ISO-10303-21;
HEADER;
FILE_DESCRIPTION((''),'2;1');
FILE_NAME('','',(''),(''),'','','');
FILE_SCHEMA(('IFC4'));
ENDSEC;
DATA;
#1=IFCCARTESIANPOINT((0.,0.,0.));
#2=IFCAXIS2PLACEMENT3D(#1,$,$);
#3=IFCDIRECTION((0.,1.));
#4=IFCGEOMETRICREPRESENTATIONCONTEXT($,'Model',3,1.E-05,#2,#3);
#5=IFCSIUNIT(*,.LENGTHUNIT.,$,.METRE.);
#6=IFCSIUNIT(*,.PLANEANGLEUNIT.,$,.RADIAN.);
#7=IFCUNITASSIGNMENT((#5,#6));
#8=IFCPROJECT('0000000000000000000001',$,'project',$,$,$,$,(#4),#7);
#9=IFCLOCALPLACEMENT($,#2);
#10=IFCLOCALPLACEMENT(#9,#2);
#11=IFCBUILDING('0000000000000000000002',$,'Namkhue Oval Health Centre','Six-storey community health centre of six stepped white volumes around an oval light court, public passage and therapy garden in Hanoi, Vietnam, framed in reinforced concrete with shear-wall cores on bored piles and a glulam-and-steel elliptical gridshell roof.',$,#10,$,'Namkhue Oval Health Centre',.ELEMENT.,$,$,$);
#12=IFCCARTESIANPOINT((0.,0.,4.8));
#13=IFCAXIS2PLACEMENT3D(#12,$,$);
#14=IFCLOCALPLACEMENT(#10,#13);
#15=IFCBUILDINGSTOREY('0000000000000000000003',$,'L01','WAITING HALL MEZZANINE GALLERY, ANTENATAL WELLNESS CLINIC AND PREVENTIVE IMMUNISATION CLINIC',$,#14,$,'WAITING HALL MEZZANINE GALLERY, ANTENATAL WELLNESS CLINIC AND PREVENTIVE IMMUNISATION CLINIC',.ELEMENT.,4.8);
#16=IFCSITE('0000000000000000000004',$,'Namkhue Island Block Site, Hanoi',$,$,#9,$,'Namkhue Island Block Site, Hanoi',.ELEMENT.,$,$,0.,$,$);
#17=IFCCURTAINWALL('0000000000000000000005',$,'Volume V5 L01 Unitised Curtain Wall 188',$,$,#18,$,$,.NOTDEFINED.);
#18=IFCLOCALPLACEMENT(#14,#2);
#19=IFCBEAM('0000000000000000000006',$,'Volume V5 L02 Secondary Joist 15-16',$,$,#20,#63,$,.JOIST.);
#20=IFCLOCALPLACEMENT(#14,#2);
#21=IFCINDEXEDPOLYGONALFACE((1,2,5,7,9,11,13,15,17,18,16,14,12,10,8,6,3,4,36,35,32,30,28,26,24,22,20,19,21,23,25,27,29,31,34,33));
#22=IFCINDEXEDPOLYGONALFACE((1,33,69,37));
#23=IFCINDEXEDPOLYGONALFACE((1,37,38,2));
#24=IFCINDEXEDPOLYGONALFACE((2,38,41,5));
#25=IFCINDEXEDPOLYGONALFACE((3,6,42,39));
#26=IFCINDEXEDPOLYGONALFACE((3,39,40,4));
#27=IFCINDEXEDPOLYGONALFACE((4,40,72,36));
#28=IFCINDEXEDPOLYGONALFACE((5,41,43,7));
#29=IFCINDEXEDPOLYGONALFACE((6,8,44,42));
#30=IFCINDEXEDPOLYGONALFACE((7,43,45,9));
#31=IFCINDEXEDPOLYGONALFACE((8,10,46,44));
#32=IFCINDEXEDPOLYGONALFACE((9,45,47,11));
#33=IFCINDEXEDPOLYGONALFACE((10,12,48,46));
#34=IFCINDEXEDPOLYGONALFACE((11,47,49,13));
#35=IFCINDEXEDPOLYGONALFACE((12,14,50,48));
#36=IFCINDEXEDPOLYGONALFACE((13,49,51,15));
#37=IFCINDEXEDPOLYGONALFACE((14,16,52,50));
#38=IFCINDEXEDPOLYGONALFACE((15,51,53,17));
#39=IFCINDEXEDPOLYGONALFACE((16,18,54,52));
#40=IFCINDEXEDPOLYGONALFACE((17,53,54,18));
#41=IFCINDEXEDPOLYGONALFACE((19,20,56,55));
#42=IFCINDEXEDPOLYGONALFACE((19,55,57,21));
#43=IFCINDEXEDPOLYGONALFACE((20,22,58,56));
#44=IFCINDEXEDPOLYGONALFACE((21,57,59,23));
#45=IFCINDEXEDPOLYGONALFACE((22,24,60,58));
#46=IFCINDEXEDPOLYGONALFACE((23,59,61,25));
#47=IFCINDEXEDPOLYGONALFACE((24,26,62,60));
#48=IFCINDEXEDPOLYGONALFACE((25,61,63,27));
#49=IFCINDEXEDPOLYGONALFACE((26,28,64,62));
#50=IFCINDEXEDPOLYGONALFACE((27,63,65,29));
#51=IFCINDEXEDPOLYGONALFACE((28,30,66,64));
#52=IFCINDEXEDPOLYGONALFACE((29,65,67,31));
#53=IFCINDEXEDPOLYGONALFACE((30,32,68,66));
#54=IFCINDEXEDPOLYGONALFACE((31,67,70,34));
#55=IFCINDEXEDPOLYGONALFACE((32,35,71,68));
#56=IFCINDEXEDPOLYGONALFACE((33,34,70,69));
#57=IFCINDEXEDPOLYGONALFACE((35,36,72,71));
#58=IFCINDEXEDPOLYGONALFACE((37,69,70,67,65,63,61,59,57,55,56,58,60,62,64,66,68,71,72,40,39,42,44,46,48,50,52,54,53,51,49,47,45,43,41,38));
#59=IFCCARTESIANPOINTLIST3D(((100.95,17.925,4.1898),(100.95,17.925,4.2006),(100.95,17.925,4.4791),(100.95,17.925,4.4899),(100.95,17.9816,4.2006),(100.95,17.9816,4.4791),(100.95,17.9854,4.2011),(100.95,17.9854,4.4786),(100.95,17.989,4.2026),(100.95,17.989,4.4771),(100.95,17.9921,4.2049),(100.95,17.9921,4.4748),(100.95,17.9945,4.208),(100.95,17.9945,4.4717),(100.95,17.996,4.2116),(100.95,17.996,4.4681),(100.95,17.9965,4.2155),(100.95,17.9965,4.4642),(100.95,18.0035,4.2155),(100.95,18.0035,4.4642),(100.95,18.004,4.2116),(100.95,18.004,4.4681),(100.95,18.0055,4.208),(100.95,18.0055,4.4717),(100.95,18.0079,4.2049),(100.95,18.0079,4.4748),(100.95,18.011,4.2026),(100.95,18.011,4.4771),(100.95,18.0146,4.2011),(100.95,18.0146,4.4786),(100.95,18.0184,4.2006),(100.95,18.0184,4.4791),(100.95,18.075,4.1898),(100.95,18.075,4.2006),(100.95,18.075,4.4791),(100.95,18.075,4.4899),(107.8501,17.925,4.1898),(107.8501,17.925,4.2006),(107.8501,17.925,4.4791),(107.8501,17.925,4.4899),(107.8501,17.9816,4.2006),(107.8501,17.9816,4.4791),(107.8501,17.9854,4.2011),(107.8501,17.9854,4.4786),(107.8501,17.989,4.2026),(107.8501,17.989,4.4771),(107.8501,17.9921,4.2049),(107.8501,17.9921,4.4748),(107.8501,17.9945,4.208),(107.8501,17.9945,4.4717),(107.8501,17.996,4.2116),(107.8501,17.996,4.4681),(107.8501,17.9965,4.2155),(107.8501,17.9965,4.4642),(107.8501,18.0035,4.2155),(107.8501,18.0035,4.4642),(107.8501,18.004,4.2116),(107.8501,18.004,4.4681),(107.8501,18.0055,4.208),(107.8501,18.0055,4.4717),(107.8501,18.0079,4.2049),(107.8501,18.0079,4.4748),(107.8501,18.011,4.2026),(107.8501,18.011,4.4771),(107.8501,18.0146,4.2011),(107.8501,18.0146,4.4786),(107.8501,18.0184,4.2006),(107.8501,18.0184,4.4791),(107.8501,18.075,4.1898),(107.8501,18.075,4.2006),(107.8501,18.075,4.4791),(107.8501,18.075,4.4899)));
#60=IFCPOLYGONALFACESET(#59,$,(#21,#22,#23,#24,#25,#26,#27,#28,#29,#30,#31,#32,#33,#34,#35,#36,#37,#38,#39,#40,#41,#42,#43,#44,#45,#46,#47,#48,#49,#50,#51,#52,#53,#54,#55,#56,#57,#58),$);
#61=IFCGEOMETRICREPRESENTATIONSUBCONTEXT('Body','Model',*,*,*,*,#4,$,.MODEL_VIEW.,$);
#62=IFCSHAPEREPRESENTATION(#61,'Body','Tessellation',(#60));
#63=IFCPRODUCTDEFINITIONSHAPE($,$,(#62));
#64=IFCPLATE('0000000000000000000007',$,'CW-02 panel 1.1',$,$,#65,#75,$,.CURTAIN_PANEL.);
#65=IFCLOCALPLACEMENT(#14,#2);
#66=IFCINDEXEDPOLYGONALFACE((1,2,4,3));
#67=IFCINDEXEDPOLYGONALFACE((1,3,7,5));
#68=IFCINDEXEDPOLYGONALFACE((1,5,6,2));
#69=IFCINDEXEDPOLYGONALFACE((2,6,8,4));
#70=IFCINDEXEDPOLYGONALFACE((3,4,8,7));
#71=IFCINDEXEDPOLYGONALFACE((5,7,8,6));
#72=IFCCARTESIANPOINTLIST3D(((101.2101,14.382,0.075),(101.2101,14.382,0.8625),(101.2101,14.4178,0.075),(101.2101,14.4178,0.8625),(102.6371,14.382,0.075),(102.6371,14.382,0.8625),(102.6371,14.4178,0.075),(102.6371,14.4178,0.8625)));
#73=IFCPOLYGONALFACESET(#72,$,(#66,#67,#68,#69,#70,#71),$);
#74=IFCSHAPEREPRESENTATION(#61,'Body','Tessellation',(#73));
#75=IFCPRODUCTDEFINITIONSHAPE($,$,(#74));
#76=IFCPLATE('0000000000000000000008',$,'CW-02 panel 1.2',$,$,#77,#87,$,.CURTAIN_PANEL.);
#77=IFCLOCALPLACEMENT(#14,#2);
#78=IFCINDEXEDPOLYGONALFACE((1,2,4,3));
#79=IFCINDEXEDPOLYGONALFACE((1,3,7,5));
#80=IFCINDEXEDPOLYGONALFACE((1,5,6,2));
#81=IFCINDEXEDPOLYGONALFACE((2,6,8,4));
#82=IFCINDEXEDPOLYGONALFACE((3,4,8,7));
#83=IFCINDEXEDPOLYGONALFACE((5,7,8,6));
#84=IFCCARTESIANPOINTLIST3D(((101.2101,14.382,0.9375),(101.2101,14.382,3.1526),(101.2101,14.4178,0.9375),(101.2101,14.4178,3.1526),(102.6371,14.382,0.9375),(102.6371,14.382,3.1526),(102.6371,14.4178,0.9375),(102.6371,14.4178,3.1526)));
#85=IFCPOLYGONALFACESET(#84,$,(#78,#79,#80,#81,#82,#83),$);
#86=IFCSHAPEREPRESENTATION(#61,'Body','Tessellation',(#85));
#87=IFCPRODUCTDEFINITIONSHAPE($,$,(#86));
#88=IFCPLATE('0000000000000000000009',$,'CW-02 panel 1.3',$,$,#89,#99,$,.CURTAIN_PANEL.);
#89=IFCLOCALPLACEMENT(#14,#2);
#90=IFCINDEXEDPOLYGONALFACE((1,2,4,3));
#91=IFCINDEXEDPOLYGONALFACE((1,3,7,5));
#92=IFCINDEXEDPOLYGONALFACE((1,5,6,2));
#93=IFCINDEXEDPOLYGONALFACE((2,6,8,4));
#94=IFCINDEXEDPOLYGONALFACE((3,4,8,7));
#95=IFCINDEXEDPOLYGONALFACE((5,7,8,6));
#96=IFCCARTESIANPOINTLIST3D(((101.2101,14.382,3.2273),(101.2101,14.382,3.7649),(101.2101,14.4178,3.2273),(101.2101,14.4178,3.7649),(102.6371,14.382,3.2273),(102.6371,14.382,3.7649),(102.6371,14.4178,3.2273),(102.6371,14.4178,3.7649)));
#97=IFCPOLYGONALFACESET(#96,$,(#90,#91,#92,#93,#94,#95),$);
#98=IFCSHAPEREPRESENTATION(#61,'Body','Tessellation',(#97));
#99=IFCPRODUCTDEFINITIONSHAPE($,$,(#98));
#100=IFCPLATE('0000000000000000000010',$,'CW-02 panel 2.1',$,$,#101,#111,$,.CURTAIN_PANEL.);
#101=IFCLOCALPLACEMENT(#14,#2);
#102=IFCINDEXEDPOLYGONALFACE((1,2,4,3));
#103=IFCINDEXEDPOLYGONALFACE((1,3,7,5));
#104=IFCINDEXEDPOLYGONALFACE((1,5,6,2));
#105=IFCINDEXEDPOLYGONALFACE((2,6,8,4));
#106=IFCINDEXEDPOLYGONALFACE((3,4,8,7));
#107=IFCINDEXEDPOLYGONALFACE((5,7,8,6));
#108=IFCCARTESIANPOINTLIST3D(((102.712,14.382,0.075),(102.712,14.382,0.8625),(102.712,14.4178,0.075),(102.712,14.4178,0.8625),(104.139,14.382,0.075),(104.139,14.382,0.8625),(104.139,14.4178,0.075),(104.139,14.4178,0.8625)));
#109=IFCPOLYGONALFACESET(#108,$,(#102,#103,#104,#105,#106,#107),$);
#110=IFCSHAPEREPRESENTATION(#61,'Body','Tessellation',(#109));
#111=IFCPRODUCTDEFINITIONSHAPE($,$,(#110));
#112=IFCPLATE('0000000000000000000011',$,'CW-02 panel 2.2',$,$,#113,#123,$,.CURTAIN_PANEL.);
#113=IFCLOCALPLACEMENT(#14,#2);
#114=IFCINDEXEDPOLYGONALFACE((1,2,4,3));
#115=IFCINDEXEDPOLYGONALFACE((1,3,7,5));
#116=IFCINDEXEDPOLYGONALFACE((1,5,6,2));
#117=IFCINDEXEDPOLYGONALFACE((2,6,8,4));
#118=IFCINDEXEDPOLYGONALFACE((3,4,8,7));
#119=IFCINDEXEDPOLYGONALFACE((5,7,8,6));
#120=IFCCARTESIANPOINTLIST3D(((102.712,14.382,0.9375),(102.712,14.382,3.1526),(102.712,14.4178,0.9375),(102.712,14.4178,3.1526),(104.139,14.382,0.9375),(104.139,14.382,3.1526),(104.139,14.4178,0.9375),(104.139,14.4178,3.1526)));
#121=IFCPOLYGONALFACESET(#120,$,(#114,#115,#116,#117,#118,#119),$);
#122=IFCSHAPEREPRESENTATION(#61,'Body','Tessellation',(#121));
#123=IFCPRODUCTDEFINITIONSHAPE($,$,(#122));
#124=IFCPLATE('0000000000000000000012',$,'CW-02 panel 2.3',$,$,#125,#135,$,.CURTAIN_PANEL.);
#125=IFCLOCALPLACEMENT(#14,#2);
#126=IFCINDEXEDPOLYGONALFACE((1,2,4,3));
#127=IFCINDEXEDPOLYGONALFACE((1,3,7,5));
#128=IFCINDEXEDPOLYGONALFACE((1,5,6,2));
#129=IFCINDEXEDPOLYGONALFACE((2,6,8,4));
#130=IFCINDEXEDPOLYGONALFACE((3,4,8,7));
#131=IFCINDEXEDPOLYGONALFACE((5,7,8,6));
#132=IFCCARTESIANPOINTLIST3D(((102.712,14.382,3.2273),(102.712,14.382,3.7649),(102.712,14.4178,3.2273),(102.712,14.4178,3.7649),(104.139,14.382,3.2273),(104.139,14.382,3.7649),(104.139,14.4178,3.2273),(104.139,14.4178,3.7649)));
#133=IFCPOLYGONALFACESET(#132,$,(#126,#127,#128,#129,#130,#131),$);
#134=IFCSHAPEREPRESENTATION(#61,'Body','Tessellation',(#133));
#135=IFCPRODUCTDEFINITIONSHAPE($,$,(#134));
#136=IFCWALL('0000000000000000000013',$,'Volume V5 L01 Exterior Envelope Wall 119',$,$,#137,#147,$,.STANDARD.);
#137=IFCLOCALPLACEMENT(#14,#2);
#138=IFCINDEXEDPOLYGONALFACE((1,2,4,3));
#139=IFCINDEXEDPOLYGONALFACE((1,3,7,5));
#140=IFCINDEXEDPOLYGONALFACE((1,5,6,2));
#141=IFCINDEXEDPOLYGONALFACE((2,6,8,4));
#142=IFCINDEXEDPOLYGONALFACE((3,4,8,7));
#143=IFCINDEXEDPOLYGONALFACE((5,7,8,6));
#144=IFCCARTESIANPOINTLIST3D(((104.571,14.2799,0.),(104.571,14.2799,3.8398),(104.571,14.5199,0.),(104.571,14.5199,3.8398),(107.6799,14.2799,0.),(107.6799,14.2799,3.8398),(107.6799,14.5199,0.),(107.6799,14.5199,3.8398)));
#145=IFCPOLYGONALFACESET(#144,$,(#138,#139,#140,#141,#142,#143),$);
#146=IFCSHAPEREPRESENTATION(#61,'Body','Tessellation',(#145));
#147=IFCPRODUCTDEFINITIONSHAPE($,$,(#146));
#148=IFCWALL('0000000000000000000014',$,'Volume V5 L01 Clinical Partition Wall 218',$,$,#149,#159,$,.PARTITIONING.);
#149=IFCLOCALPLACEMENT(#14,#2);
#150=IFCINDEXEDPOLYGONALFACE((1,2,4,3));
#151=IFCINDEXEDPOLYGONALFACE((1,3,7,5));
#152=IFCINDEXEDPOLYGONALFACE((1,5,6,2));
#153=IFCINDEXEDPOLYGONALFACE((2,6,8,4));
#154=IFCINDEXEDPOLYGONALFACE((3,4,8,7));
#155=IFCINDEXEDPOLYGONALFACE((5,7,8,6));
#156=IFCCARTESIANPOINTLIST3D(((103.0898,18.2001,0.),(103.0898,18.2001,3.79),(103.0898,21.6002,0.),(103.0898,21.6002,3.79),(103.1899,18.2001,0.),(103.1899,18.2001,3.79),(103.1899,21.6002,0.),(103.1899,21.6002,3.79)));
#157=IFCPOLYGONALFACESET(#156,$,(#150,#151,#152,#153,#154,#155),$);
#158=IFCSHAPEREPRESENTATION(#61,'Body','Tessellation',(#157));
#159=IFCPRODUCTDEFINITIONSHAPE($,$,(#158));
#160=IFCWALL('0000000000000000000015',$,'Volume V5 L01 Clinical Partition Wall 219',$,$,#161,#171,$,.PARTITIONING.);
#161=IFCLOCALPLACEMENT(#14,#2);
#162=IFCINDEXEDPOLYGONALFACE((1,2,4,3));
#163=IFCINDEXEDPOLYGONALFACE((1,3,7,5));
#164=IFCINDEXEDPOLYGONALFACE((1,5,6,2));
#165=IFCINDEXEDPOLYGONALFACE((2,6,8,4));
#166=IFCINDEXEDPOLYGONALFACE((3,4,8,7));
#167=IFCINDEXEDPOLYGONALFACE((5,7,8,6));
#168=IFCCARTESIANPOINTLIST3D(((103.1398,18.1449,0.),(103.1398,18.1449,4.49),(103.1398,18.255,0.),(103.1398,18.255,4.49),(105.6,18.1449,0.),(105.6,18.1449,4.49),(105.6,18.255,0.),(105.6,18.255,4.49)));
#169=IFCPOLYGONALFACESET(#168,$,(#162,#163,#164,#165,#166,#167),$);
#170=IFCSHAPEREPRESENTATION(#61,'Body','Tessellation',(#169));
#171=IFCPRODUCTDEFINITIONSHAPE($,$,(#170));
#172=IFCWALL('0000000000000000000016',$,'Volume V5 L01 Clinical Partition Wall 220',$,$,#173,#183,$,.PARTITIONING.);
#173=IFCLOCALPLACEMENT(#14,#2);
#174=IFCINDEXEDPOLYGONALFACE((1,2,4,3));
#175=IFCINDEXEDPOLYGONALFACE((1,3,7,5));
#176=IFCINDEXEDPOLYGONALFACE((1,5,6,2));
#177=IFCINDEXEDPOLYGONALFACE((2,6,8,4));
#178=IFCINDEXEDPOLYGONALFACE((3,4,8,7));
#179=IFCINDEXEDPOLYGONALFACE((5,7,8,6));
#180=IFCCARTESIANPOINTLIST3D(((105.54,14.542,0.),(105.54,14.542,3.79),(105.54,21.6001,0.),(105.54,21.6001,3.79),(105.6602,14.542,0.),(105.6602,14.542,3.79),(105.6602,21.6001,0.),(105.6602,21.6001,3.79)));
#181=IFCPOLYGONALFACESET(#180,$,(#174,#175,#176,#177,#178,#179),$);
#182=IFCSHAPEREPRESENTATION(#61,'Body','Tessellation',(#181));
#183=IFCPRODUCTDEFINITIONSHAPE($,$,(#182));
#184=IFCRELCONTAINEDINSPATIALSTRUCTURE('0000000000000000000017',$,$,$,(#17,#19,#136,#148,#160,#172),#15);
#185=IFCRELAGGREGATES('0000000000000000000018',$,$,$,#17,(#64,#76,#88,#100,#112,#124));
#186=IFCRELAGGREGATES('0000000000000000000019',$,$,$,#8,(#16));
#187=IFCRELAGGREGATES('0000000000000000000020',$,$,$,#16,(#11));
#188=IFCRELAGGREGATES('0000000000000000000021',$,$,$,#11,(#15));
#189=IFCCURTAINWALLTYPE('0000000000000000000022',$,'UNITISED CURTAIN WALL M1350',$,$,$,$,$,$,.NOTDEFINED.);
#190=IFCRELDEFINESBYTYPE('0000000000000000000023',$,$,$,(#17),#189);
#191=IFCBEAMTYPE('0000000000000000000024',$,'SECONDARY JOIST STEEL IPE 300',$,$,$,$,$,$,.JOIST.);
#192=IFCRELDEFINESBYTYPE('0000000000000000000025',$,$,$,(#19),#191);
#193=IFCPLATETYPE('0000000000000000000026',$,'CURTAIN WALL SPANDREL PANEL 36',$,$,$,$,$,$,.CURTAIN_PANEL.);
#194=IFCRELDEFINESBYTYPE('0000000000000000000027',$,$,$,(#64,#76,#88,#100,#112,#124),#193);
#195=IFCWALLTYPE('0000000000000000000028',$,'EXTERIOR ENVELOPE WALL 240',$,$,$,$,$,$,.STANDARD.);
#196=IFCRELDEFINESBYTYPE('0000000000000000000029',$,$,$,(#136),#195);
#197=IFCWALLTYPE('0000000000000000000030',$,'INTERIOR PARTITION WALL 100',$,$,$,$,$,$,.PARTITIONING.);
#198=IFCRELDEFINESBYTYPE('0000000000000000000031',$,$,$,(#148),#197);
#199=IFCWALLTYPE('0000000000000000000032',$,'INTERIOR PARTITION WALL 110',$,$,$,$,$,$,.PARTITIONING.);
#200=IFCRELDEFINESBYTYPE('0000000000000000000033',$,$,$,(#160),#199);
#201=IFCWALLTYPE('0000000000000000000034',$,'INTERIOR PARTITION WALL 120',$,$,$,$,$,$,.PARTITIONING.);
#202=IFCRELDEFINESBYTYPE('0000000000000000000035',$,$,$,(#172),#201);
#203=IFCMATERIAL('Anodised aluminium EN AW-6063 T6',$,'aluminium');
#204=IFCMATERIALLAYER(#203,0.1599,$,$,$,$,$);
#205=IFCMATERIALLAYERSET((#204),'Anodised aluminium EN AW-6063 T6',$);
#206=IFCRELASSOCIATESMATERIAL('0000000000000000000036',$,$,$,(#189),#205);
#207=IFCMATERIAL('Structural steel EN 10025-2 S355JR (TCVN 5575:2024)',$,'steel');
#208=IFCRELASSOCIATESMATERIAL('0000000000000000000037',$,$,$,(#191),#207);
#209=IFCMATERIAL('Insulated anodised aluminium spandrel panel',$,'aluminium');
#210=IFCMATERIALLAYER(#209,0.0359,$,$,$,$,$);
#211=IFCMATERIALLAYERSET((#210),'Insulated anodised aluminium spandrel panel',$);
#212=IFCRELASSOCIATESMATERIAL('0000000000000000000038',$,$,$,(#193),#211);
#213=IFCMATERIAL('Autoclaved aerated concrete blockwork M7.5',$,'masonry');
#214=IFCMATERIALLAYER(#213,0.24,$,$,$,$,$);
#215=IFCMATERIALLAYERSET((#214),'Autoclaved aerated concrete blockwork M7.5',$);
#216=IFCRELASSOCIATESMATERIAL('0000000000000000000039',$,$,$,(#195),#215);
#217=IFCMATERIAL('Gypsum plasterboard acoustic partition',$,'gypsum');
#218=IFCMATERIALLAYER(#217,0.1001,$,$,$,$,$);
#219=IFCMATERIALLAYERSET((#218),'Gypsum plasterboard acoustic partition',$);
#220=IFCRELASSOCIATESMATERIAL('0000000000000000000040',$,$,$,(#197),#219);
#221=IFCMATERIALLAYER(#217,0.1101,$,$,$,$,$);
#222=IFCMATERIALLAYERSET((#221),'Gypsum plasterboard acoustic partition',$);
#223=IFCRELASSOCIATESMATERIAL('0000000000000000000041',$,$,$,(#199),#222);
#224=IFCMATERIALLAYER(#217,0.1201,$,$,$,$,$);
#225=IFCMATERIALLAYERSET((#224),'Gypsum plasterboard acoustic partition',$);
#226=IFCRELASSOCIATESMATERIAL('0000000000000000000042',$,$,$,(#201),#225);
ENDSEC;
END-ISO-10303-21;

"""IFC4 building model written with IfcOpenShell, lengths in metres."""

from ifc_helpers import new_model, si_unit, direction, frame, frame_2d, origin, origin_2d, place, context, subcontext, project, spatial, rectangle, i_section, extrude, material, layer, layer_set, material_profile, profile_set, type_object, element, aggregate, save


model = new_model("IFC4")

# Units and contexts
model_context = context("Model", 3, precision=1e-05, world=origin(), true_north=direction((0.0, 1.0)))
body_context = subcontext(model_context, "Body", "Model", "MODEL_VIEW")
ifc_project = project(units=[si_unit("LENGTHUNIT", "METRE"), si_unit("PLANEANGLEUNIT", "RADIAN")], contexts=[model_context])

# Site, building, storey
site_placement = place(None, origin())
site = spatial("IfcSite", under=ifc_project, at=site_placement, Name="Namkhue Island Block Site, Hanoi", LongName="Namkhue Island Block Site, Hanoi", CompositionType="ELEMENT", RefElevation=0.0)
building_placement = place(site_placement, origin())
building = spatial("IfcBuilding", under=site, at=building_placement, Name="Namkhue Oval Health Centre", Description="Six-storey community health centre of six stepped white volumes around an oval light court, public passage and therapy garden in Hanoi, Vietnam, framed in reinforced concrete with shear-wall cores on bored piles and a glulam-and-steel elliptical gridshell roof.", LongName="Namkhue Oval Health Centre", CompositionType="ELEMENT")
storey_placement = place(building_placement, frame((0.0, 0.0, 4.8)))
storey = spatial("IfcBuildingStorey", under=building, at=storey_placement, Name="L01", Description="WAITING HALL MEZZANINE GALLERY, ANTENATAL WELLNESS CLINIC AND PREVENTIVE IMMUNISATION CLINIC", LongName="WAITING HALL MEZZANINE GALLERY, ANTENATAL WELLNESS CLINIC AND PREVENTIVE IMMUNISATION CLINIC", CompositionType="ELEMENT", Elevation=4.8)

# Curtain wall
ifc_material_1 = material(Name="Anodised aluminium EN AW-6063 T6", Category="aluminium")
ifc_layer_1 = layer(ifc_material_1, 0.1599)
ifc_layer_set_1 = layer_set([ifc_layer_1], Name="Anodised aluminium EN AW-6063 T6")
curtain_wall_type = type_object("IfcCurtainWallType", Name="UNITISED CURTAIN WALL M1350", PredefinedType="NOTDEFINED", material=ifc_layer_set_1)
curtain_wall_placement = place(storey_placement, origin())
curtain_wall = element("IfcCurtainWall", 1, at=curtain_wall_placement, inside=storey, type_object=curtain_wall_type, Name="Volume V5 L01 Unitised Curtain Wall 188", PredefinedType="NOTDEFINED")

# Beam
ifc_material_2 = material(Name="Structural steel EN 10025-2 S355JR (TCVN 5575:2024)", Category="steel")
ifc_material_profile_1 = material_profile(ifc_material_2, i_section(OverallWidth=0.1499, OverallDepth=0.3, WebThickness=0.0071, FlangeThickness=0.0107, FilletRadius=0.0149, at=origin_2d()), Name="IPE 300")
ifc_profile_set_1 = profile_set([ifc_material_profile_1], Name="Structural steel EN 10025-2 S355JR (TCVN 5575:2024)")
beam_type_1 = type_object("IfcBeamType", Name="SECONDARY JOIST STEEL IPE 300", PredefinedType="JOIST", material=ifc_profile_set_1)
beam_placement = place(storey_placement, frame((100.95, 18.0, 4.3398), z_axis=(1.0, 0.0, 0.0), x_axis=(0.0, 1.0, 0.0)))
element("IfcBeam", 2, at=beam_placement, inside=storey, type_object=beam_type_1, Name="Volume V5 L02 Secondary Joist 15-16", PredefinedType="JOIST", context=body_context, shape_type="SweptSolid", body=[
    extrude(i_section(OverallWidth=0.1499, OverallDepth=0.3, WebThickness=0.0071, FlangeThickness=0.0107, FilletRadius=0.0149, at=origin_2d()), origin(), (0.0, 0.0, 1.0), 6.9001),
])

# Plates
ifc_material_3 = material(Name="Insulated anodised aluminium spandrel panel", Category="aluminium")
ifc_layer_2 = layer(ifc_material_3, 0.0359)
ifc_layer_set_2 = layer_set([ifc_layer_2], Name="Insulated anodised aluminium spandrel panel")
plate_type = type_object("IfcPlateType", Name="CURTAIN WALL SPANDREL PANEL 36", PredefinedType="CURTAIN_PANEL", material=ifc_layer_set_2)
plate_1_placement = place(storey_placement, frame((101.9236, 14.3999, 0.075), z_axis=(0.0, 0.0, 1.0), x_axis=(1.0, 0.0, 0.0)))
plate_1 = element("IfcPlate", 3, at=plate_1_placement, type_object=plate_type, Name="CW-02 panel 1.1", PredefinedType="CURTAIN_PANEL", context=body_context, shape_type="SweptSolid", body=[
    extrude(rectangle(XDim=1.427, YDim=0.0359, at=origin_2d()), origin(), (0.0, 0.0, 1.0), 0.7876),
])
plate_2_placement = place(storey_placement, frame((101.9236, 14.3999, 0.9375), z_axis=(0.0, 0.0, 1.0), x_axis=(1.0, 0.0, 0.0)))
plate_2 = element("IfcPlate", 4, at=plate_2_placement, type_object=plate_type, Name="CW-02 panel 1.2", PredefinedType="CURTAIN_PANEL", context=body_context, shape_type="SweptSolid", body=[
    extrude(rectangle(XDim=1.427, YDim=0.0359, at=origin_2d()), origin(), (0.0, 0.0, 1.0), 2.2151),
])
plate_3_placement = place(storey_placement, frame((101.9236, 14.3999, 3.2273), z_axis=(0.0, 0.0, 1.0), x_axis=(1.0, 0.0, 0.0)))
plate_3 = element("IfcPlate", 5, at=plate_3_placement, type_object=plate_type, Name="CW-02 panel 1.3", PredefinedType="CURTAIN_PANEL", context=body_context, shape_type="SweptSolid", body=[
    extrude(rectangle(XDim=1.427, YDim=0.0359, at=origin_2d()), origin(), (0.0, 0.0, 1.0), 0.5376),
])
plate_4_placement = place(storey_placement, frame((103.4255, 14.3999, 0.075), z_axis=(0.0, 0.0, 1.0), x_axis=(1.0, 0.0, 0.0)))
plate_4 = element("IfcPlate", 6, at=plate_4_placement, type_object=plate_type, Name="CW-02 panel 2.1", PredefinedType="CURTAIN_PANEL", context=body_context, shape_type="SweptSolid", body=[
    extrude(rectangle(XDim=1.427, YDim=0.0359, at=origin_2d()), origin(), (0.0, 0.0, 1.0), 0.7876),
])
plate_5_placement = place(storey_placement, frame((103.4255, 14.3999, 0.9375), z_axis=(0.0, 0.0, 1.0), x_axis=(1.0, 0.0, 0.0)))
plate_5 = element("IfcPlate", 7, at=plate_5_placement, type_object=plate_type, Name="CW-02 panel 2.2", PredefinedType="CURTAIN_PANEL", context=body_context, shape_type="SweptSolid", body=[
    extrude(rectangle(XDim=1.427, YDim=0.0359, at=origin_2d()), origin(), (0.0, 0.0, 1.0), 2.2151),
])
plate_6_placement = place(storey_placement, frame((103.4255, 14.3999, 3.2273), z_axis=(0.0, 0.0, 1.0), x_axis=(1.0, 0.0, 0.0)))
plate_6 = element("IfcPlate", 8, at=plate_6_placement, type_object=plate_type, Name="CW-02 panel 2.3", PredefinedType="CURTAIN_PANEL", context=body_context, shape_type="SweptSolid", body=[
    extrude(rectangle(XDim=1.427, YDim=0.0359, at=origin_2d()), origin(), (0.0, 0.0, 1.0), 0.5376),
])
aggregate(curtain_wall, [plate_1, plate_2, plate_3, plate_4, plate_5, plate_6])

# Walls
ifc_material_4 = material(Name="Autoclaved aerated concrete blockwork M7.5", Category="masonry")
ifc_layer_3 = layer(ifc_material_4, 0.24)
ifc_layer_set_3 = layer_set([ifc_layer_3], Name="Autoclaved aerated concrete blockwork M7.5")
wall_type_1 = type_object("IfcWallType", Name="EXTERIOR ENVELOPE WALL 240", PredefinedType="STANDARD", material=ifc_layer_set_3)
wall_1_placement = place(storey_placement, frame((104.571, 14.3999, 0.0), z_axis=(0.0, 0.0, 1.0), x_axis=(1.0, 0.0, 0.0)))
element("IfcWall", 9, at=wall_1_placement, inside=storey, type_object=wall_type_1, Name="Volume V5 L01 Exterior Envelope Wall 119", PredefinedType="STANDARD", context=body_context, shape_type="SweptSolid", body=[
    extrude(rectangle(XDim=3.1089, YDim=0.24, at=frame_2d((1.5544, 0.0))), origin(), (0.0, 0.0, 1.0), 3.8398),
])
ifc_material_5 = material(Name="Gypsum plasterboard acoustic partition", Category="gypsum")
ifc_layer_4 = layer(ifc_material_5, 0.1001)
ifc_layer_set_4 = layer_set([ifc_layer_4], Name="Gypsum plasterboard acoustic partition")
wall_type_2 = type_object("IfcWallType", Name="INTERIOR PARTITION WALL 100", PredefinedType="PARTITIONING", material=ifc_layer_set_4)
wall_2_placement = place(storey_placement, frame((103.1399, 18.2, 0.0), z_axis=(0.0, 0.0, 1.0), x_axis=(0.0, 1.0, 0.0)))
element("IfcWall", 10, at=wall_2_placement, inside=storey, type_object=wall_type_2, Name="Volume V5 L01 Clinical Partition Wall 218", PredefinedType="PARTITIONING", context=body_context, shape_type="SweptSolid", body=[
    extrude(rectangle(XDim=3.4001, YDim=0.1001, at=frame_2d((1.7002, 0.0))), origin(), (0.0, 0.0, 1.0), 3.79),
])
ifc_layer_5 = layer(ifc_material_5, 0.1101)
ifc_layer_set_5 = layer_set([ifc_layer_5], Name="Gypsum plasterboard acoustic partition")
wall_type_3 = type_object("IfcWallType", Name="INTERIOR PARTITION WALL 110", PredefinedType="PARTITIONING", material=ifc_layer_set_5)
wall_3_placement = place(storey_placement, frame((103.1399, 18.2, 0.0), z_axis=(0.0, 0.0, 1.0), x_axis=(1.0, 0.0, 0.0)))
element("IfcWall", 11, at=wall_3_placement, inside=storey, type_object=wall_type_3, Name="Volume V5 L01 Clinical Partition Wall 219", PredefinedType="PARTITIONING", context=body_context, shape_type="SweptSolid", body=[
    extrude(rectangle(XDim=2.4602, YDim=0.1101, at=frame_2d((1.23, 0.0))), origin(), (0.0, 0.0, 1.0), 4.49),
])
ifc_layer_6 = layer(ifc_material_5, 0.1201)
ifc_layer_set_6 = layer_set([ifc_layer_6], Name="Gypsum plasterboard acoustic partition")
wall_type_4 = type_object("IfcWallType", Name="INTERIOR PARTITION WALL 120", PredefinedType="PARTITIONING", material=ifc_layer_set_6)
wall_4_placement = place(storey_placement, frame((105.6001, 14.542, 0.0), z_axis=(0.0, 0.0, 1.0), x_axis=(0.0, 1.0, 0.0)))
element("IfcWall", 12, at=wall_4_placement, inside=storey, type_object=wall_type_4, Name="Volume V5 L01 Clinical Partition Wall 220", PredefinedType="PARTITIONING", context=body_context, shape_type="SweptSolid", body=[
    extrude(rectangle(XDim=7.0581, YDim=0.1201, at=frame_2d((3.5291, 0.0))), origin(), (0.0, 0.0, 1.0), 3.79),
])

save(model, "model.ifc")
